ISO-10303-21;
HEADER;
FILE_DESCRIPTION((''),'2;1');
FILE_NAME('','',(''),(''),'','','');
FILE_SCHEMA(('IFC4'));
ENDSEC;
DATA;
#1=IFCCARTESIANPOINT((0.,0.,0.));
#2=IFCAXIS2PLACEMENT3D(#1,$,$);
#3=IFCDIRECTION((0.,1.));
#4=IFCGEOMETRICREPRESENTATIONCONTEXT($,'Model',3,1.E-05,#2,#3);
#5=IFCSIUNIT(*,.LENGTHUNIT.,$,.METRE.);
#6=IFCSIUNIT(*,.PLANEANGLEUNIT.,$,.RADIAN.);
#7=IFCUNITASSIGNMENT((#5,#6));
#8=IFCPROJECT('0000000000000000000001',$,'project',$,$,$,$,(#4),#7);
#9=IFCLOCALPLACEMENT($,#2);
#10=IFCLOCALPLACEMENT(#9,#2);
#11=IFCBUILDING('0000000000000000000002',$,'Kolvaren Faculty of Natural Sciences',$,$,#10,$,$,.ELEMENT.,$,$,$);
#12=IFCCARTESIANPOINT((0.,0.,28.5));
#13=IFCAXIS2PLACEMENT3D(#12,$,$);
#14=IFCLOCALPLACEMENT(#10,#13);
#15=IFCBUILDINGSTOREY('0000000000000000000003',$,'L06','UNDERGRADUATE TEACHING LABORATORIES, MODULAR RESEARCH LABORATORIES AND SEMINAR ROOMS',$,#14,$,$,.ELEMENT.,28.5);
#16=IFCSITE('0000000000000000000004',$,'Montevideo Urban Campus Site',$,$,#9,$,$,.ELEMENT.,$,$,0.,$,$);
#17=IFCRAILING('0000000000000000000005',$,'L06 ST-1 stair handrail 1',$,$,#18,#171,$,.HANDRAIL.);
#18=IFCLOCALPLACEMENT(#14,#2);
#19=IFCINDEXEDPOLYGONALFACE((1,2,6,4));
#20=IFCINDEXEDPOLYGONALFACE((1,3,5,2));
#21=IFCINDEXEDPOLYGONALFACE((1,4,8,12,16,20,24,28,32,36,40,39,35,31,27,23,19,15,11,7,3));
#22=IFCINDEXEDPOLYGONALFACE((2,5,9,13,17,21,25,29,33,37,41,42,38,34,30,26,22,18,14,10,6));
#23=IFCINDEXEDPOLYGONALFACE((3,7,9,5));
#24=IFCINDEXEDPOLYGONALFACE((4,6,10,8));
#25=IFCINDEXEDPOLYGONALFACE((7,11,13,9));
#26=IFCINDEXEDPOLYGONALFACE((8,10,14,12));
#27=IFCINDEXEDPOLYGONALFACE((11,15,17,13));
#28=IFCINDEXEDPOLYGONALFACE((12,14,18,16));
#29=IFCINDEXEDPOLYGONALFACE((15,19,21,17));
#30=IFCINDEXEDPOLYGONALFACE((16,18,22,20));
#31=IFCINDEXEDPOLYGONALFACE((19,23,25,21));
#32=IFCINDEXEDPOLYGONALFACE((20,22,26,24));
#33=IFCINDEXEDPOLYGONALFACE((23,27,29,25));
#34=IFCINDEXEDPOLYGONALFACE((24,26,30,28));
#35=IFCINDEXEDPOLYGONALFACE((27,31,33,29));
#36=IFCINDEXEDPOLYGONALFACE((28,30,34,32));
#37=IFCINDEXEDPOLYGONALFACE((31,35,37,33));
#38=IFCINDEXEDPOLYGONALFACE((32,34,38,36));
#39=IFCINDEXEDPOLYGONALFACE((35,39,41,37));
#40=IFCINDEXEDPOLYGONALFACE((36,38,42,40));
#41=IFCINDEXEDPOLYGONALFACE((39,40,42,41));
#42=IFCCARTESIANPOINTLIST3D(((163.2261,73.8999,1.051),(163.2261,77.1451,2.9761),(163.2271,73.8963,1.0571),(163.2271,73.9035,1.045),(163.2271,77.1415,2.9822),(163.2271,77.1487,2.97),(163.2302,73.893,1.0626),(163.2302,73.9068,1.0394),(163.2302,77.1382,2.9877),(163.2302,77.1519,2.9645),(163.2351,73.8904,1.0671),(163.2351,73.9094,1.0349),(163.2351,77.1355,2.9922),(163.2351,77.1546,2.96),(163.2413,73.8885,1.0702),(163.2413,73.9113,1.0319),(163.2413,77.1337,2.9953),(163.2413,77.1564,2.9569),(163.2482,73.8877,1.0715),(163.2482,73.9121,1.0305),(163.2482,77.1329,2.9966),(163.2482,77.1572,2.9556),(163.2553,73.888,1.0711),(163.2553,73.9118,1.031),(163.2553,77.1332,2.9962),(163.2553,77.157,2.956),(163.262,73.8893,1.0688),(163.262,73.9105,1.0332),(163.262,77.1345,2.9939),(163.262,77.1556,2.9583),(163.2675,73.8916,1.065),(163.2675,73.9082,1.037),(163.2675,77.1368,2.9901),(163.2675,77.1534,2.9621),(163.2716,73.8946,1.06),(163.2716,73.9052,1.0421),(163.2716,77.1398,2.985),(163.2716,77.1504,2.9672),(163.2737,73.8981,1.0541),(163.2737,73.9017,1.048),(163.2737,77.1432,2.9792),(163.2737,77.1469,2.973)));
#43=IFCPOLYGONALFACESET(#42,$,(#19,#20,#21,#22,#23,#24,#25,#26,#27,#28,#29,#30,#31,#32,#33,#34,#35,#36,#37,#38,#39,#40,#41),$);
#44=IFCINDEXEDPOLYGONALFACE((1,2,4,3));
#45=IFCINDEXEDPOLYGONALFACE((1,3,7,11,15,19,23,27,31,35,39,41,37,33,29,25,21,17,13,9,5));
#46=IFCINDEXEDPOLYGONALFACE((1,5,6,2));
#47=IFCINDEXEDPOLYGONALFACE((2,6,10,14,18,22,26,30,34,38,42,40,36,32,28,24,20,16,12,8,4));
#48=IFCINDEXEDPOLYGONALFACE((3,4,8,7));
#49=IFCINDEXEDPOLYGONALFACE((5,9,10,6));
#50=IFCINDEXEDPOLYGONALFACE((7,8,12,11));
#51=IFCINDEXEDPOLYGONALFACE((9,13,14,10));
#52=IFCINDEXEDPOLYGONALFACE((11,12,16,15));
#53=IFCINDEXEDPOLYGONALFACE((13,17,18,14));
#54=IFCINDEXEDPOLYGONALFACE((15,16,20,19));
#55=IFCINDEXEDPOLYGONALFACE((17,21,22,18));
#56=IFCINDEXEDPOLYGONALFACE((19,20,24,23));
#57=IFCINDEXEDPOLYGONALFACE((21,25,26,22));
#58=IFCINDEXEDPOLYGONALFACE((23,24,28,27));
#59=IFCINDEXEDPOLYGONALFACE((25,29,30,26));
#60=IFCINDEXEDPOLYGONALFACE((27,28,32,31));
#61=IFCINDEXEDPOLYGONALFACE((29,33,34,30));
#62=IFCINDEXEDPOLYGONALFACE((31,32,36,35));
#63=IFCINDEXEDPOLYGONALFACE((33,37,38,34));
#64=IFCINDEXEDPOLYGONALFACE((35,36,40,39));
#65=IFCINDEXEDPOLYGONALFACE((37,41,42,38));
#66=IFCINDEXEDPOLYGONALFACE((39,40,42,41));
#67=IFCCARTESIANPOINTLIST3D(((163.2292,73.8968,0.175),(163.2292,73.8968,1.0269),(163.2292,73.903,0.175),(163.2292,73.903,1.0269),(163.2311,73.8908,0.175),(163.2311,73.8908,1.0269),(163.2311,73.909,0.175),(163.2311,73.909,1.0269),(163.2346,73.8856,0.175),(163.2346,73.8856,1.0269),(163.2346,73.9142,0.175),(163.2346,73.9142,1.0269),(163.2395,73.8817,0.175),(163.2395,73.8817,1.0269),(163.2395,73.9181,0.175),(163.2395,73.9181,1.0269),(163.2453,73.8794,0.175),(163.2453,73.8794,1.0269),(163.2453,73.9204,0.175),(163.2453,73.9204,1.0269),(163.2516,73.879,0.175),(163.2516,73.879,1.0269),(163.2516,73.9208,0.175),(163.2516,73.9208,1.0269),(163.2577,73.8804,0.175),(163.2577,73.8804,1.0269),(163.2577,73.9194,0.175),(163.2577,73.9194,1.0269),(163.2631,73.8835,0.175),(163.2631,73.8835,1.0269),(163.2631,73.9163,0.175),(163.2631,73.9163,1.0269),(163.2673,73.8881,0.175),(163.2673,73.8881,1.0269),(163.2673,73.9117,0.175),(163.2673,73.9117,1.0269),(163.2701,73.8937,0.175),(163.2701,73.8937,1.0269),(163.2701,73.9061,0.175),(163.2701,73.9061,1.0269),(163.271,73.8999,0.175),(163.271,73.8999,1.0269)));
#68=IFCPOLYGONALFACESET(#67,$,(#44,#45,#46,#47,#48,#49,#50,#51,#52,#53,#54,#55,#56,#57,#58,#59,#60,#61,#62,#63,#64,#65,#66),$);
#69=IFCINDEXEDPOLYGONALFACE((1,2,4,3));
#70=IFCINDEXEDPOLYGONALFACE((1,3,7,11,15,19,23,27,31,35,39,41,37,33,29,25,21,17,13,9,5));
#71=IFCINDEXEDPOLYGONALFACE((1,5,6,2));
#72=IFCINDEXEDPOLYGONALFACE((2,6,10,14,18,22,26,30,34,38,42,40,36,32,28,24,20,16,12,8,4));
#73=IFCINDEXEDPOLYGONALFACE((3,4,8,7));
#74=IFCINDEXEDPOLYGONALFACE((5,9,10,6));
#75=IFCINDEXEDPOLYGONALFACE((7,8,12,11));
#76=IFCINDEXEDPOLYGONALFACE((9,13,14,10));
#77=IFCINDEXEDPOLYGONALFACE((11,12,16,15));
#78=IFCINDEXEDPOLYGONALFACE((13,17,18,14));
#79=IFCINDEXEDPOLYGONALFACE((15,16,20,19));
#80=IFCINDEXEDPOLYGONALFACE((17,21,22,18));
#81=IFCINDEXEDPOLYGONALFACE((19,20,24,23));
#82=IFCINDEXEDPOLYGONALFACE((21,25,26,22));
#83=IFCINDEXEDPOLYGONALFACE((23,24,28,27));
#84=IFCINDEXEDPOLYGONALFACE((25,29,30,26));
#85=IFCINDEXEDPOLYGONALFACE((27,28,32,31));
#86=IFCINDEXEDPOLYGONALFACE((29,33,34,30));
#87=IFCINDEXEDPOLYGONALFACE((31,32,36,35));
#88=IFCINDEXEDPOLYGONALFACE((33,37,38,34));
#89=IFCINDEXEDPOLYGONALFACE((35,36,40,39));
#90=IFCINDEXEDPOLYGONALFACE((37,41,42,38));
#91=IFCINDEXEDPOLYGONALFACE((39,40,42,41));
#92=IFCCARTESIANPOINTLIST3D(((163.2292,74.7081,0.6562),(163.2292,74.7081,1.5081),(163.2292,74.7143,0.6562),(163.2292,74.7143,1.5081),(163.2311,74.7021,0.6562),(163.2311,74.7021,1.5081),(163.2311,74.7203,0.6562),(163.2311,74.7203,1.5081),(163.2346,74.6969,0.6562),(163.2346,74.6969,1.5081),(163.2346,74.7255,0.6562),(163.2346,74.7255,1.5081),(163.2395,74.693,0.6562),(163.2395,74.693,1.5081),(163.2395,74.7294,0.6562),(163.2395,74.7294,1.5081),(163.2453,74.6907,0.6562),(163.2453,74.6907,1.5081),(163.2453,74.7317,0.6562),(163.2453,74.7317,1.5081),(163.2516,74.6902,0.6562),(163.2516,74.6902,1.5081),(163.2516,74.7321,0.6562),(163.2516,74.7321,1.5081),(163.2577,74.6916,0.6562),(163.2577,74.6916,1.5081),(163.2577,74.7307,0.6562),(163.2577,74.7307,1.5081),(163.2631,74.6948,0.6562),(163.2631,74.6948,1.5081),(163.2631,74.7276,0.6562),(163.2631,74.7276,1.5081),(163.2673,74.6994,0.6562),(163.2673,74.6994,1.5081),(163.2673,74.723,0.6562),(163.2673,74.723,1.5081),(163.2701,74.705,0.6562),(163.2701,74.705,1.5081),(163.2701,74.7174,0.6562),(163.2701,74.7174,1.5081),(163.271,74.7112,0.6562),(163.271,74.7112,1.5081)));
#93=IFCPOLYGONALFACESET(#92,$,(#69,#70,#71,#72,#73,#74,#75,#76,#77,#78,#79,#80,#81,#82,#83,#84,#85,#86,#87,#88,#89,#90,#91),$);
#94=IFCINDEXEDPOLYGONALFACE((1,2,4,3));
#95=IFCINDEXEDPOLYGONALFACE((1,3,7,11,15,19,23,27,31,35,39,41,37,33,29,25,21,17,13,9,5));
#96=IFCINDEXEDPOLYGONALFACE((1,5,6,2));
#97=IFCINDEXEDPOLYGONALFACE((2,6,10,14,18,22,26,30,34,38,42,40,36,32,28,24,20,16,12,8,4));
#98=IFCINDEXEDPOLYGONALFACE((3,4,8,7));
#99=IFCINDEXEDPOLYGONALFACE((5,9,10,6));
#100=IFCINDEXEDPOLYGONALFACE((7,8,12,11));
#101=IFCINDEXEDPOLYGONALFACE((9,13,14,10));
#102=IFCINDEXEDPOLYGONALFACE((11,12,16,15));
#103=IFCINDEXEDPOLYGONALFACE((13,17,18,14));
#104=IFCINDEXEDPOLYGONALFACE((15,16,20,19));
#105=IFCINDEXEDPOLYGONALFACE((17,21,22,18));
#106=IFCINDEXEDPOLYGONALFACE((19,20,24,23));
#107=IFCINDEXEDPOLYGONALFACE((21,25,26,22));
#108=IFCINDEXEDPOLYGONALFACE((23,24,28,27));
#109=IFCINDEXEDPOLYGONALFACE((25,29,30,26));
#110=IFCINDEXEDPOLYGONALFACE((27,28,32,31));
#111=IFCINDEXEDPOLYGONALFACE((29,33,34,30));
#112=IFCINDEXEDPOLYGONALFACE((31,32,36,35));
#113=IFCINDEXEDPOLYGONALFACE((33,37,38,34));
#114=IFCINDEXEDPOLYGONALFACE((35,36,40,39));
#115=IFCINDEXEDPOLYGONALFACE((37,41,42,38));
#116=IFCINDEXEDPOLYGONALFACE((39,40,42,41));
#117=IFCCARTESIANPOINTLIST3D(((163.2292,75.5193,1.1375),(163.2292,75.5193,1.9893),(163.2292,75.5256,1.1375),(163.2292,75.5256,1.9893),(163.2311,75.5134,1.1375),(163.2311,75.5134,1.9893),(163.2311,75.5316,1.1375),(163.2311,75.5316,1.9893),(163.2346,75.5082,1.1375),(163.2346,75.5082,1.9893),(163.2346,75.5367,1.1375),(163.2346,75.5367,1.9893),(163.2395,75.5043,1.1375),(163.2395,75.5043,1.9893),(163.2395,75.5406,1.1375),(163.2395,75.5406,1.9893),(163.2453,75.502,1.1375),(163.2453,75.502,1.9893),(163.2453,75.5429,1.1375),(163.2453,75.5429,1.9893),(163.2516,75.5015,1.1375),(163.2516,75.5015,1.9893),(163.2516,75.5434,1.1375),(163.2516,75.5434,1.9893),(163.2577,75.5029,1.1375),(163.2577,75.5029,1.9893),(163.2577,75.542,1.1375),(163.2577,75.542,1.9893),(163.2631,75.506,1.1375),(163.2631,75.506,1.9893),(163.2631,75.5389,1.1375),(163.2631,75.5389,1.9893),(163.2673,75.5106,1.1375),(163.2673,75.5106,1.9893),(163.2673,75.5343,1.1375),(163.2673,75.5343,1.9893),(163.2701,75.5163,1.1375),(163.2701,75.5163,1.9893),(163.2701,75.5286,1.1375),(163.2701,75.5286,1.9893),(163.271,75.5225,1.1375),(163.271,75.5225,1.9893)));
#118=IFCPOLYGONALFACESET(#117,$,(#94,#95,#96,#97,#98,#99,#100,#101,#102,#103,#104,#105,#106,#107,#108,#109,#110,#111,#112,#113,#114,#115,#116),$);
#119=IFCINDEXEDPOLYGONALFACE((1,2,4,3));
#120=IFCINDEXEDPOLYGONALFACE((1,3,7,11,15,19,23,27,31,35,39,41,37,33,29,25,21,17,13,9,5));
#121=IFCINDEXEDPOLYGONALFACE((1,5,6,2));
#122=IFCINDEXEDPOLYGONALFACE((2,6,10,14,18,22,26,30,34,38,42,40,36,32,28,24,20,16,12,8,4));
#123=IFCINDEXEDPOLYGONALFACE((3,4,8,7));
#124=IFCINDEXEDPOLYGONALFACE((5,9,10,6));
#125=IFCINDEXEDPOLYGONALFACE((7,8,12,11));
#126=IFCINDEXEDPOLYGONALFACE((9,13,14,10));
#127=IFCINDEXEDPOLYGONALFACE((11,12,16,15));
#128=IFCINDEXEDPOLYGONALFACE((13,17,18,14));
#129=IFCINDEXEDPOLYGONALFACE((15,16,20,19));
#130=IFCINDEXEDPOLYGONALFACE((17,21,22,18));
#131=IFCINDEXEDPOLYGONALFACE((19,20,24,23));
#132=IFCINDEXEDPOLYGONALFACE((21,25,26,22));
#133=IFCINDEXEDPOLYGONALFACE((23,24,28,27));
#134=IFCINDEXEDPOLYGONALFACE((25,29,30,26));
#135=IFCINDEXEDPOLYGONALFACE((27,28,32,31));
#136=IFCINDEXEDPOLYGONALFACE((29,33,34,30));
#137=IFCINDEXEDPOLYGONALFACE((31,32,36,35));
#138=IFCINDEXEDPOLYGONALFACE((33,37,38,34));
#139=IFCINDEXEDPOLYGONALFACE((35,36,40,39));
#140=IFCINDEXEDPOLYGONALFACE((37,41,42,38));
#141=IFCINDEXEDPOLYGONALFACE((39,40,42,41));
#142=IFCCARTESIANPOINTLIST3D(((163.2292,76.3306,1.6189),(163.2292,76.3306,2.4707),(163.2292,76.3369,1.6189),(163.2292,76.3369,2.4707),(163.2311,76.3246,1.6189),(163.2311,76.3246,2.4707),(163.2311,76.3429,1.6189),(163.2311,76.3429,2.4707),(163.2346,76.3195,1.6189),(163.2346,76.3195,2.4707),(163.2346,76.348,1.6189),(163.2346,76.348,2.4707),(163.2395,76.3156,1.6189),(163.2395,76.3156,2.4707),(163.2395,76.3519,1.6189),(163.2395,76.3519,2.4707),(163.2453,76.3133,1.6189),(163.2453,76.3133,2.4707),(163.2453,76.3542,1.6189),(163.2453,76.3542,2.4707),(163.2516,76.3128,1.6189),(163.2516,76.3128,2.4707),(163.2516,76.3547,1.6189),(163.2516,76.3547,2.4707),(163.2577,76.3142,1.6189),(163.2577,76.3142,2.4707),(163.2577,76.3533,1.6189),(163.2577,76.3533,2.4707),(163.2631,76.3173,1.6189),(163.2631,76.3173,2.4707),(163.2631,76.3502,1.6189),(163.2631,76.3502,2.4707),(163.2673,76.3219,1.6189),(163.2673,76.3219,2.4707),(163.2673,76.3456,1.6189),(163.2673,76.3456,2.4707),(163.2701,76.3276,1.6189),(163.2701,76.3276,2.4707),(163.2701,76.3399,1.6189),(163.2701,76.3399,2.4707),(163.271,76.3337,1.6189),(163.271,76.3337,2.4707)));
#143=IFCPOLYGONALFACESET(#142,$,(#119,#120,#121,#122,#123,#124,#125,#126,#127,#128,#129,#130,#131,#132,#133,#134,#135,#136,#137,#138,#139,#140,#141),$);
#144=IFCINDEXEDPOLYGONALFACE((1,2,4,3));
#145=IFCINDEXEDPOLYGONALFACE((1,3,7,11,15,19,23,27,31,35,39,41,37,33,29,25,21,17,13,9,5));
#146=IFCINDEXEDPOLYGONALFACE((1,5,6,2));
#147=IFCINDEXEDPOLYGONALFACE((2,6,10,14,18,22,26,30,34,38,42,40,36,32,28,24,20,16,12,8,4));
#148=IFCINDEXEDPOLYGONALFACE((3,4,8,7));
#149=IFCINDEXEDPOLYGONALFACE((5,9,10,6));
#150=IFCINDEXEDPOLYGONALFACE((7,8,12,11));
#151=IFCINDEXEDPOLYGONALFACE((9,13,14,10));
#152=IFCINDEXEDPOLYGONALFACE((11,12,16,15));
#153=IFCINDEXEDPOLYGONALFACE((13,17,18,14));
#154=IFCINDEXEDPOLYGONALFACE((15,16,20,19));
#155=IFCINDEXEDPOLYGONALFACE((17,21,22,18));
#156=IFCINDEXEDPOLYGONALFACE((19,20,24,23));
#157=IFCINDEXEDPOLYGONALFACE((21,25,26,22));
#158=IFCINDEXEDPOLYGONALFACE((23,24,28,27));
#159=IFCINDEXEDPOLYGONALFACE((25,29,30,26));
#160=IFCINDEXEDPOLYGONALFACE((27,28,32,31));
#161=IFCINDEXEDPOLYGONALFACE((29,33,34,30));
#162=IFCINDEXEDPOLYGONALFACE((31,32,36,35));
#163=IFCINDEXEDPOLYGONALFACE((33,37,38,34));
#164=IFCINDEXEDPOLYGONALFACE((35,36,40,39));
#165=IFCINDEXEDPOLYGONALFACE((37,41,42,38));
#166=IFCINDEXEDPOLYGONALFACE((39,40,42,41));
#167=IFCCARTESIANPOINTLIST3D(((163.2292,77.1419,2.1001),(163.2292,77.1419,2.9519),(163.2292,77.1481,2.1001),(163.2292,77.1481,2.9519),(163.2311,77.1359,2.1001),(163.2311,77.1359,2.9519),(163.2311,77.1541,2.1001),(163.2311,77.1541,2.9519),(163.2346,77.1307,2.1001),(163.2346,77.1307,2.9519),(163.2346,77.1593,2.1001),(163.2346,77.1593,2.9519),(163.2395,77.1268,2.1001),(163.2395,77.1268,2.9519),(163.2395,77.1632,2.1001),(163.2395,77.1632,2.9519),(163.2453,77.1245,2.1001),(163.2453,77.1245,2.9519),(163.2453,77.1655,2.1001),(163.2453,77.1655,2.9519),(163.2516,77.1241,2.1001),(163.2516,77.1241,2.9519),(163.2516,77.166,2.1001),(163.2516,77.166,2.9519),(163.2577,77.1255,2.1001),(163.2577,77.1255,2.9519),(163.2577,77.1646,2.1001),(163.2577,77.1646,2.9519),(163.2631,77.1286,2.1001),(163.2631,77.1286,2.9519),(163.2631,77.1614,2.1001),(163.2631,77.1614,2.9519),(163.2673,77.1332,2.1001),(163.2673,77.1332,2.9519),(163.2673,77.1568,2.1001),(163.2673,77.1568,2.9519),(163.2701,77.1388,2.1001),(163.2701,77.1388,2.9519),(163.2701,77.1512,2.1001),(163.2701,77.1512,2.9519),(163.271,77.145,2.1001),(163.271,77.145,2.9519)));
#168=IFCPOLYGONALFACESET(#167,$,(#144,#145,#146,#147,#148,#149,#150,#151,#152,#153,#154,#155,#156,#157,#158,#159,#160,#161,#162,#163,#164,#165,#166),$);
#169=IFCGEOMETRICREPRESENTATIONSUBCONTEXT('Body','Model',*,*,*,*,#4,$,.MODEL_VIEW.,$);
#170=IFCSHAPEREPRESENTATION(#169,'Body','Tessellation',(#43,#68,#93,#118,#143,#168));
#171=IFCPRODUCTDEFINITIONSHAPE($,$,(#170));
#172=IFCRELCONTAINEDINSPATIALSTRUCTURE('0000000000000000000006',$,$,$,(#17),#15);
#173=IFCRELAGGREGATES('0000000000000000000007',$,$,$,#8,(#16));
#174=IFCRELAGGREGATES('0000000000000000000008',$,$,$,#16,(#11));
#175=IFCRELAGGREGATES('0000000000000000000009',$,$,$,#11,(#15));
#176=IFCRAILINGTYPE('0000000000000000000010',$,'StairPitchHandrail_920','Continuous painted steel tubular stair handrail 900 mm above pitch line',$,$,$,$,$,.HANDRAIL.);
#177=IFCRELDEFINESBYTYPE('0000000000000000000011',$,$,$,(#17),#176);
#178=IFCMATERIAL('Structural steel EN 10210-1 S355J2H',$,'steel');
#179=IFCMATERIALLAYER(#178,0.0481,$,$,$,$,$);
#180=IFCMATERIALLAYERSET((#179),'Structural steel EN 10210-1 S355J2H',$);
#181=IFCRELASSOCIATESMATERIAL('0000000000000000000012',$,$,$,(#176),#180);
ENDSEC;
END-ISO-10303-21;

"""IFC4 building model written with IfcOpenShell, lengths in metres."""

from ifc_helpers import new_model, si_unit, direction, frame, origin, origin_2d, place, context, subcontext, project, spatial, circle, extrude, material, layer, layer_set, type_object, element, save


model = new_model("IFC4")

# Units and contexts
model_context = context("Model", 3, precision=1e-05, world=origin(), true_north=direction((0.0, 1.0)))
body_context = subcontext(model_context, "Body", "Model", "MODEL_VIEW")
ifc_project = project(units=[si_unit("LENGTHUNIT", "METRE"), si_unit("PLANEANGLEUNIT", "RADIAN")], contexts=[model_context])

# Site, building, storey
site_placement = place(None, origin())
site = spatial("IfcSite", under=ifc_project, at=site_placement, Name="Montevideo Urban Campus Site", CompositionType="ELEMENT", RefElevation=0.0)
building_placement = place(site_placement, origin())
building = spatial("IfcBuilding", under=site, at=building_placement, Name="Kolvaren Faculty of Natural Sciences", CompositionType="ELEMENT")
storey_placement = place(building_placement, frame((0.0, 0.0, 28.5)))
storey = spatial("IfcBuildingStorey", under=building, at=storey_placement, Name="L06", Description="UNDERGRADUATE TEACHING LABORATORIES, MODULAR RESEARCH LABORATORIES AND SEMINAR ROOMS", CompositionType="ELEMENT", Elevation=28.5)

# Railing
ifc_material_1 = material(Name="Structural steel EN 10210-1 S355J2H", Category="steel")
ifc_layer_1 = layer(ifc_material_1, 0.0481)
ifc_layer_set_1 = layer_set([ifc_layer_1], Name="Structural steel EN 10210-1 S355J2H")
railing_type_1 = type_object("IfcRailingType", Name="StairPitchHandrail_920", Description="Continuous painted steel tubular stair handrail 900 mm above pitch line", PredefinedType="HANDRAIL", material=ifc_layer_set_1)
railing_1_placement = place(storey_placement, frame((163.25, 73.8999, 0.175)))
element("IfcRailing", 1, at=railing_1_placement, inside=storey, type_object=railing_type_1, Name="L06 ST-1 stair handrail 1", PredefinedType="HANDRAIL", context=body_context, shape_type="SweptSolid", body=[
    extrude(circle(Radius=0.0239, at=origin_2d()), frame((0.0, 0.0, 0.876), z_axis=(0.0, 0.860057, 0.510198), x_axis=(-1.0, 0.0, 0.0)), (0.0, 0.0, 1.0), 3.7732),
    extrude(circle(Radius=0.021, at=origin_2d()), origin(), (0.0, 0.0, 1.0), 0.8518),
    extrude(circle(Radius=0.021, at=origin_2d()), frame((0.0, 0.8113, 0.4812)), (0.0, 0.0, 1.0), 0.8518),
    extrude(circle(Radius=0.021, at=origin_2d()), frame((0.0, 1.6226, 0.9624)), (0.0, 0.0, 1.0), 0.8518),
    extrude(circle(Radius=0.021, at=origin_2d()), frame((0.0, 2.4338, 1.4438)), (0.0, 0.0, 1.0), 0.8518),
    extrude(circle(Radius=0.021, at=origin_2d()), frame((0.0, 3.2451, 1.925)), (0.0, 0.0, 1.0), 0.8518),
])

save(model, "model.ifc")
